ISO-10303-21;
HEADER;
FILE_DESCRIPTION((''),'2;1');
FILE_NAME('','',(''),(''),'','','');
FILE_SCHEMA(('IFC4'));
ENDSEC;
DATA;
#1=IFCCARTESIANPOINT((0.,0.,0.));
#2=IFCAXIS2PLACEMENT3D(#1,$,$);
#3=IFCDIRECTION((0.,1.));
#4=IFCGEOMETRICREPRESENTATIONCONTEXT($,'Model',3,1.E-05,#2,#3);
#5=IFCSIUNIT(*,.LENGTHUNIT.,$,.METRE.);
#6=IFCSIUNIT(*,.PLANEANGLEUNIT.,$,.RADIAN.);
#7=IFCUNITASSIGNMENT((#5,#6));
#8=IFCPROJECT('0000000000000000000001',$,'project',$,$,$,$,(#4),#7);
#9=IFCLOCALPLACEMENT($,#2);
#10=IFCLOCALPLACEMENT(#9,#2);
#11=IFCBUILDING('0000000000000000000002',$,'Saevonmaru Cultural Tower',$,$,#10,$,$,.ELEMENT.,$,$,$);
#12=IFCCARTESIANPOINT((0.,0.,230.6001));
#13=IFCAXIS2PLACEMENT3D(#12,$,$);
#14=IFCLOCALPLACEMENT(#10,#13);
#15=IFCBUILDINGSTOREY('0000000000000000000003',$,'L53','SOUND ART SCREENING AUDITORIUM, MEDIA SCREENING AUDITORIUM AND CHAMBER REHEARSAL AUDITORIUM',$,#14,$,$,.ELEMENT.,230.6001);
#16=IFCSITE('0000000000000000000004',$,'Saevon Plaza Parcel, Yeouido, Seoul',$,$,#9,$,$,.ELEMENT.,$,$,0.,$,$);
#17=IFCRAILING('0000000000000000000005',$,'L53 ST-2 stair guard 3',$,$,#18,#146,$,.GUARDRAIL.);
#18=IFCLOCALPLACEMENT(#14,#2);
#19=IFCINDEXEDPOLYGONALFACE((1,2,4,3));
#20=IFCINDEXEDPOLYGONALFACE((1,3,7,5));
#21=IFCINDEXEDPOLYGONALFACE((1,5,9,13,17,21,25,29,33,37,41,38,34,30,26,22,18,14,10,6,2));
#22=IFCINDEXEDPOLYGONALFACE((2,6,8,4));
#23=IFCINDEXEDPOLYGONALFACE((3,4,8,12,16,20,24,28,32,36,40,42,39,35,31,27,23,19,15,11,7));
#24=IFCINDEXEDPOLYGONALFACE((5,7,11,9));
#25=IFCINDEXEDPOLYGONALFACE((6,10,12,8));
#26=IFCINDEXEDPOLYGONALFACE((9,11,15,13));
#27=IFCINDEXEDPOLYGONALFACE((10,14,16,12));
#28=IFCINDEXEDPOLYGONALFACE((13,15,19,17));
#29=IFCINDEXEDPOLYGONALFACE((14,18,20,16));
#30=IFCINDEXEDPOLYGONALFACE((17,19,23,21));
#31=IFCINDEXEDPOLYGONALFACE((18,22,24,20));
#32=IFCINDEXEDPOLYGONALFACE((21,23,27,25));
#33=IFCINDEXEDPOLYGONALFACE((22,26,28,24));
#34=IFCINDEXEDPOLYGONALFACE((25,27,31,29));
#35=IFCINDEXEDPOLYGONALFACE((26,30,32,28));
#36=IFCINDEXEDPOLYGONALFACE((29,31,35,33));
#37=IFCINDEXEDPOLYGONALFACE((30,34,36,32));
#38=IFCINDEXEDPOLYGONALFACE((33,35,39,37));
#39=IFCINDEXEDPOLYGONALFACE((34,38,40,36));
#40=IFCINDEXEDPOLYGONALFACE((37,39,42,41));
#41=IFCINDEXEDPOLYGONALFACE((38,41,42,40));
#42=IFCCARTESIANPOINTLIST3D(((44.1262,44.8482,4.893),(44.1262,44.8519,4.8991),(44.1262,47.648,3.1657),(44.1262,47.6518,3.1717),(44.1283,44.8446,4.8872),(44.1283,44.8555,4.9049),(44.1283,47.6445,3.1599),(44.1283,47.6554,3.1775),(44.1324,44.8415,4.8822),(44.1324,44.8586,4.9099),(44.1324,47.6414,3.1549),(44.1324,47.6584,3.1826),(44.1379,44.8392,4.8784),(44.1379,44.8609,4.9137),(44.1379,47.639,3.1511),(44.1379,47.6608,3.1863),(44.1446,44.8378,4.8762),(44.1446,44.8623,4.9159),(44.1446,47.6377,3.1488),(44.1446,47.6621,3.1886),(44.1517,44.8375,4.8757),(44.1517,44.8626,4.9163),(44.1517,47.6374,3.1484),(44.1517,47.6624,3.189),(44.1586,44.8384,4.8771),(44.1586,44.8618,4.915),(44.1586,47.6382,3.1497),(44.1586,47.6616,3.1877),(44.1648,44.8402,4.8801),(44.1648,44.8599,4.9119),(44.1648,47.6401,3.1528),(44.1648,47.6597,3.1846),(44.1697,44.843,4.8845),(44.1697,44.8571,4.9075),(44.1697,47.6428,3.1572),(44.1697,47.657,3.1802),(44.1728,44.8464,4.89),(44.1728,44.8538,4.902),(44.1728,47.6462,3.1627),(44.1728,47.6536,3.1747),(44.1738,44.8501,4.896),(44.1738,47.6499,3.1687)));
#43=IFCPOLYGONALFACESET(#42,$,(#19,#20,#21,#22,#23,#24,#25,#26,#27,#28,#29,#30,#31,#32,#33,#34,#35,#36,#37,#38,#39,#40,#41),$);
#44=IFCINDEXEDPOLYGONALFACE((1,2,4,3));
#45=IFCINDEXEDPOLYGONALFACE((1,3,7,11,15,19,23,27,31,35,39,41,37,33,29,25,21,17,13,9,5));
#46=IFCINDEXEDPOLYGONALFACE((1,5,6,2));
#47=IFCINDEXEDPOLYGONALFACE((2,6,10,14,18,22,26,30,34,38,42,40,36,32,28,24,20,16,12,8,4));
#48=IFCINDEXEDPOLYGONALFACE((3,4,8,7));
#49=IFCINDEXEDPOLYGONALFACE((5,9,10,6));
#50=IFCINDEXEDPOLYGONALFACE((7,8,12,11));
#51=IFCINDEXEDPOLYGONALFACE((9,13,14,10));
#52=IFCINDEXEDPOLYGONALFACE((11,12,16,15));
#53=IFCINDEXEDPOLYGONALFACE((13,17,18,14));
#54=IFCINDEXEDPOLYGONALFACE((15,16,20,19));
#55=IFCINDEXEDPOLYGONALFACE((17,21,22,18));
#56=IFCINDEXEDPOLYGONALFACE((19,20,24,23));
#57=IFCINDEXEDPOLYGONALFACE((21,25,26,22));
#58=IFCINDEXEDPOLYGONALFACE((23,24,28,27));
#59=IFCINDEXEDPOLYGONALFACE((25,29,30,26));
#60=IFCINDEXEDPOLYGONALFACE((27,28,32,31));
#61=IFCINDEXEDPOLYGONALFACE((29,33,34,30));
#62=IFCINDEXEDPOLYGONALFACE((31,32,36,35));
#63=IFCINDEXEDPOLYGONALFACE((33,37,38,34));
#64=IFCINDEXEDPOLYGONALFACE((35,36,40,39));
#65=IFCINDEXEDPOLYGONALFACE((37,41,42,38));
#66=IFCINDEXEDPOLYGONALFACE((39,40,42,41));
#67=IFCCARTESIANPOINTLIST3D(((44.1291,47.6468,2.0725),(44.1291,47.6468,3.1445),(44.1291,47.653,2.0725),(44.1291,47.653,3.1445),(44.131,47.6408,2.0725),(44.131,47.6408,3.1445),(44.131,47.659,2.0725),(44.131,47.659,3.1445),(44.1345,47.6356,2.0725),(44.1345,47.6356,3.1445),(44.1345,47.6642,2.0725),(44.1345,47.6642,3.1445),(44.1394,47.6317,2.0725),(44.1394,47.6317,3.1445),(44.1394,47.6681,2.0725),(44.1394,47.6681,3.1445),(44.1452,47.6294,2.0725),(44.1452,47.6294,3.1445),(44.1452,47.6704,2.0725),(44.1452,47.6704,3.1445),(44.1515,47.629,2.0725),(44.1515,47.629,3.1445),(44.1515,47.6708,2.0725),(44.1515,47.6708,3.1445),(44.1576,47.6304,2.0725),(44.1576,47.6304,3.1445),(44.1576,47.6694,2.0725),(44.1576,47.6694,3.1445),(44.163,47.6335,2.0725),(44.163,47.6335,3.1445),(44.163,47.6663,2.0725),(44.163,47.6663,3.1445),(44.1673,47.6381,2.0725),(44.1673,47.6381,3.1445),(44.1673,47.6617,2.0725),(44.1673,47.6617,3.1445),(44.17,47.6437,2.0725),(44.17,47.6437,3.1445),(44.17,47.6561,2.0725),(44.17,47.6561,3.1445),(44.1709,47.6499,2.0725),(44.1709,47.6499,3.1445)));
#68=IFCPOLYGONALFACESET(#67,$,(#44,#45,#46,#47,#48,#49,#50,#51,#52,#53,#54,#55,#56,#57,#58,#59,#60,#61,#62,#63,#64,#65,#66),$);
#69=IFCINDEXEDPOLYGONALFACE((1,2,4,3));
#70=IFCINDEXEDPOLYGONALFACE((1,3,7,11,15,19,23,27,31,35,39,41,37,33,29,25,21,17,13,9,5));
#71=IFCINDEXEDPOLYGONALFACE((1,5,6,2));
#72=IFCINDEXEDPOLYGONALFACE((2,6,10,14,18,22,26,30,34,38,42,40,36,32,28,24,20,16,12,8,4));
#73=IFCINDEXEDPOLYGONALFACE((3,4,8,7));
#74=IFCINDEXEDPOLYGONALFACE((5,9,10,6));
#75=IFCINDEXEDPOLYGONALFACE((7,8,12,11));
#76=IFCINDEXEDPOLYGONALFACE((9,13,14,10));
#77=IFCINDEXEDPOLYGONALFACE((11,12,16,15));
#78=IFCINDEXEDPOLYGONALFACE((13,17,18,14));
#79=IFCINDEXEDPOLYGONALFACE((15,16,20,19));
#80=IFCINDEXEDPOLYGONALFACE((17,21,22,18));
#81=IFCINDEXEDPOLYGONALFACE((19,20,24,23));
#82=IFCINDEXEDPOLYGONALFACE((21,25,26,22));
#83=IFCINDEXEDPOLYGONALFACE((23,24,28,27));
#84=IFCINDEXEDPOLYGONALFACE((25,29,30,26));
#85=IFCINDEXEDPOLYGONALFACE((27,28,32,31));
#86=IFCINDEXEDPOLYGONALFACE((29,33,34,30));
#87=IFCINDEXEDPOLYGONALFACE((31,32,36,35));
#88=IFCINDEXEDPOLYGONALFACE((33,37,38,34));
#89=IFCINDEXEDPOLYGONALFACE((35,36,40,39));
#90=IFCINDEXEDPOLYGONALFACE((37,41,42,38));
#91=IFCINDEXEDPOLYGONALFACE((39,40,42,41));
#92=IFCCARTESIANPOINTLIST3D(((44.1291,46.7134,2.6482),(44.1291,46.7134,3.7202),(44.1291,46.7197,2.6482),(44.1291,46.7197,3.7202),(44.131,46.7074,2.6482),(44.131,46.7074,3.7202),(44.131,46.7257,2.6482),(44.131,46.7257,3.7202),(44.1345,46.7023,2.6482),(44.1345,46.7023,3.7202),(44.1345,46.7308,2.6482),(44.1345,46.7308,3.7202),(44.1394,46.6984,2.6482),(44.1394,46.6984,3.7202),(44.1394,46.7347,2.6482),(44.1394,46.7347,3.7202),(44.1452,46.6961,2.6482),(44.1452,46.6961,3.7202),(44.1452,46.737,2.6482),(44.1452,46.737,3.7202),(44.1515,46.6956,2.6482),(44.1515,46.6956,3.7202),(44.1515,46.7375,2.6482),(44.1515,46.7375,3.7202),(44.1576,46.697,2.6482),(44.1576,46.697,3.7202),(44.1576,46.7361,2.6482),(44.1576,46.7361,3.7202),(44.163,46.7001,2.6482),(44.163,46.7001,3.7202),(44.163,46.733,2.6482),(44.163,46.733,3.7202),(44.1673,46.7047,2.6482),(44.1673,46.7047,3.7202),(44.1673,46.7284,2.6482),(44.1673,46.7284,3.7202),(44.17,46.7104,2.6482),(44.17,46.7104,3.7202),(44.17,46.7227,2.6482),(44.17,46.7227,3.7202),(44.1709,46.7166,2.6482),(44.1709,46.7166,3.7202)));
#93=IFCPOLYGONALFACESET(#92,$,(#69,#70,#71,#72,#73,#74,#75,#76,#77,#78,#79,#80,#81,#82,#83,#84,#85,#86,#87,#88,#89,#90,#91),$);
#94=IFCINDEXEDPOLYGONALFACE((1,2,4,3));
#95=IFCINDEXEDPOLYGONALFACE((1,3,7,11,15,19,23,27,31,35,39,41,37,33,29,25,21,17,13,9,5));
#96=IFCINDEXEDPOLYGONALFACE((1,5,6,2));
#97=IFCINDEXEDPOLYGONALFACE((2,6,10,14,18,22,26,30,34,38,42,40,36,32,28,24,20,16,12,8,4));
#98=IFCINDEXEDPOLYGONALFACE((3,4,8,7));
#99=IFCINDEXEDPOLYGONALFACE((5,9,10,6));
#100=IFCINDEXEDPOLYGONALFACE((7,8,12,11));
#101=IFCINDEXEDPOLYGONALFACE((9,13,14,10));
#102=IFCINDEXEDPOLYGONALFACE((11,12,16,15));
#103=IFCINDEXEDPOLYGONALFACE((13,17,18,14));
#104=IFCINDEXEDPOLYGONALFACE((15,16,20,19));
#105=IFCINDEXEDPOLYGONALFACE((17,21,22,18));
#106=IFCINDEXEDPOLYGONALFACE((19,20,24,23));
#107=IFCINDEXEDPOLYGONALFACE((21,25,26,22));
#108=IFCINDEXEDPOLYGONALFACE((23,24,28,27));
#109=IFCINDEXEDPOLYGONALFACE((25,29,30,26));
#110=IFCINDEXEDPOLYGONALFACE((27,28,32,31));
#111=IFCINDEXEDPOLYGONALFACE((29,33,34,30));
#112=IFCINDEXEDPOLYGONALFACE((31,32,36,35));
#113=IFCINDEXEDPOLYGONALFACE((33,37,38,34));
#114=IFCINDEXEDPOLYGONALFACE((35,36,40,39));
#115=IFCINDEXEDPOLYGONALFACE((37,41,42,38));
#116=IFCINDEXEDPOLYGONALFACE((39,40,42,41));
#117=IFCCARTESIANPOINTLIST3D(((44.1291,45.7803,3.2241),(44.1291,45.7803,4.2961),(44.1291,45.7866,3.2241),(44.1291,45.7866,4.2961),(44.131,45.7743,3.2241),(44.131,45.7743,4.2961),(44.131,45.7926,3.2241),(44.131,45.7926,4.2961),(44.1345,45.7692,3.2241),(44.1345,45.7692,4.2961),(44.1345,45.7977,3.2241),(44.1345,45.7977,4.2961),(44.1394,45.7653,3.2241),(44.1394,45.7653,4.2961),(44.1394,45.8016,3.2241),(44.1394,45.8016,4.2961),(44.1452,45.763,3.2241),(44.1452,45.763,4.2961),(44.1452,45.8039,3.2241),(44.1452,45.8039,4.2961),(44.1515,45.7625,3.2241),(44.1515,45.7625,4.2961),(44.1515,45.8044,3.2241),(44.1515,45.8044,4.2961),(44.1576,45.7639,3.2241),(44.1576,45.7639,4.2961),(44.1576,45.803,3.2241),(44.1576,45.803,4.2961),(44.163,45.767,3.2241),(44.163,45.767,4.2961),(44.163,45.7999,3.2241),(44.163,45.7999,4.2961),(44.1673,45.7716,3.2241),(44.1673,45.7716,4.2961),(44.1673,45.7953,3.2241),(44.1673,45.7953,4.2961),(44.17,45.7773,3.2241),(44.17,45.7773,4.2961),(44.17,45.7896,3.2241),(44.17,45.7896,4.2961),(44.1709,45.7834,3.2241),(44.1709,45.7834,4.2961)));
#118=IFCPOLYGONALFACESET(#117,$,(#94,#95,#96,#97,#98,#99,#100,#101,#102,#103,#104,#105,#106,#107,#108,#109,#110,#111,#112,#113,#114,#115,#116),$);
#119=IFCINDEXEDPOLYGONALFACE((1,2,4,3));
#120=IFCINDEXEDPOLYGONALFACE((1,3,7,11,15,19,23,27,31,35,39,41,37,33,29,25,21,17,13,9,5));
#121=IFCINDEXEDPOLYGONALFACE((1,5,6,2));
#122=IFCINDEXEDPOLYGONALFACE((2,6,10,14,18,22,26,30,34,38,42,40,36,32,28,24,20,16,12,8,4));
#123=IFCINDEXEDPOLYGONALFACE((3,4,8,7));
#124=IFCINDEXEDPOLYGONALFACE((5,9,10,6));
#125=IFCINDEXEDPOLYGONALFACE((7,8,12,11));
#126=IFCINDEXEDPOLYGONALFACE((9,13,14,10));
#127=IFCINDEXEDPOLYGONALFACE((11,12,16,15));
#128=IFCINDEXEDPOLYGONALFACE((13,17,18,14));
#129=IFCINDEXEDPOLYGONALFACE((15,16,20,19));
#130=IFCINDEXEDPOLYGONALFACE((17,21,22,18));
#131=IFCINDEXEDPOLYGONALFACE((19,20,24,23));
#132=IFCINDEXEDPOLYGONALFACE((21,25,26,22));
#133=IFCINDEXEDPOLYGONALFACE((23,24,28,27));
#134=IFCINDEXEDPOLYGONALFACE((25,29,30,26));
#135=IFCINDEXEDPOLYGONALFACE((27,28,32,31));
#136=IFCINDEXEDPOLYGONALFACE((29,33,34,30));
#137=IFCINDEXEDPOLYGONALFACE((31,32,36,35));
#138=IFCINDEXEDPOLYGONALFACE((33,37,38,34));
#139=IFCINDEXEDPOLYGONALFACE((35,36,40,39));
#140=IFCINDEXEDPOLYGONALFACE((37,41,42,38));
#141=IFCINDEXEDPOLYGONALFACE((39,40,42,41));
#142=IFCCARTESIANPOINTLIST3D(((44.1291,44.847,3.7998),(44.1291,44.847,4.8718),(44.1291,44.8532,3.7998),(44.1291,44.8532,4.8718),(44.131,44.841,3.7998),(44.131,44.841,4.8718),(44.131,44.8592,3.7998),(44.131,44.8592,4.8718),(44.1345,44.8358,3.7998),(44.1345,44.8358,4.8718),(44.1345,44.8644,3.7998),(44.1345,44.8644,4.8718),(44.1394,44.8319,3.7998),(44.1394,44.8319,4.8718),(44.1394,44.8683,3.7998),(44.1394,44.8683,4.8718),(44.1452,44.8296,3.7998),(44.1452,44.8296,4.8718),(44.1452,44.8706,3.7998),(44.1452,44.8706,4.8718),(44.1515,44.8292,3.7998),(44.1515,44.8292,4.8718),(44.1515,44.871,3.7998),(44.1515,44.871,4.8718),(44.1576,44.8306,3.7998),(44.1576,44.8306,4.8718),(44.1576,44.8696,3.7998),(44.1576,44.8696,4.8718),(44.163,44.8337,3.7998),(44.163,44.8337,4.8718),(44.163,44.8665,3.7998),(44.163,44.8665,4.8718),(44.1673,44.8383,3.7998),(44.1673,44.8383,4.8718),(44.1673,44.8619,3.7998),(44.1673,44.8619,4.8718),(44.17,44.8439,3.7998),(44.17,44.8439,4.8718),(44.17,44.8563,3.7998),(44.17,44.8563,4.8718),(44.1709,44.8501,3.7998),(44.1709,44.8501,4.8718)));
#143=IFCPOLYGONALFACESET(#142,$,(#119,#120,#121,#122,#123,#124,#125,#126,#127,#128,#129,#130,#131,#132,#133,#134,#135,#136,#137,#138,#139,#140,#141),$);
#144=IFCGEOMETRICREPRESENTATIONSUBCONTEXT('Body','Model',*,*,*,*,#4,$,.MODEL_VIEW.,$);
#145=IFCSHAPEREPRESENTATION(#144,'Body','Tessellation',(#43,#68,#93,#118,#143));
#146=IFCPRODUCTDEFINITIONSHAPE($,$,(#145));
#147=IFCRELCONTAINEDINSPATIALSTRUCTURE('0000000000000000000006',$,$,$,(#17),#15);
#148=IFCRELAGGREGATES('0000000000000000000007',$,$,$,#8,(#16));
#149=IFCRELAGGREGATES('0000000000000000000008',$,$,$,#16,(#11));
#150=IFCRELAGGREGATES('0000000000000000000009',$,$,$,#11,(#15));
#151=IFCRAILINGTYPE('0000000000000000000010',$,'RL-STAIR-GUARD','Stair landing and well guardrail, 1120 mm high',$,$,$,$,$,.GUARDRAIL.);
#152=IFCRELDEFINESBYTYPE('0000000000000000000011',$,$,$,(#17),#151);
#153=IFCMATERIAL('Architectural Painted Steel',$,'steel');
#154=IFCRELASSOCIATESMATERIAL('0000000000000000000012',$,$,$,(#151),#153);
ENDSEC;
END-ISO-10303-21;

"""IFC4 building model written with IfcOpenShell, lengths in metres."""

from ifc_helpers import new_model, si_unit, direction, frame, origin, origin_2d, place, context, subcontext, project, spatial, circle, extrude, material, type_object, element, save


model = new_model("IFC4")

# Units and contexts
model_context = context("Model", 3, precision=1e-05, world=origin(), true_north=direction((0.0, 1.0)))
body_context = subcontext(model_context, "Body", "Model", "MODEL_VIEW")
ifc_project = project(units=[si_unit("LENGTHUNIT", "METRE"), si_unit("PLANEANGLEUNIT", "RADIAN")], contexts=[model_context])

# Site, building, storey
site_placement = place(None, origin())
site = spatial("IfcSite", under=ifc_project, at=site_placement, Name="Saevon Plaza Parcel, Yeouido, Seoul", CompositionType="ELEMENT", RefElevation=0.0)
building_placement = place(site_placement, origin())
building = spatial("IfcBuilding", under=site, at=building_placement, Name="Saevonmaru Cultural Tower", CompositionType="ELEMENT")
storey_placement = place(building_placement, frame((0.0, 0.0, 230.6001)))
storey = spatial("IfcBuildingStorey", under=building, at=storey_placement, Name="L53", Description="SOUND ART SCREENING AUDITORIUM, MEDIA SCREENING AUDITORIUM AND CHAMBER REHEARSAL AUDITORIUM", CompositionType="ELEMENT", Elevation=230.6001)

# Railing
ifc_material_1 = material(Name="Architectural Painted Steel", Category="steel")
railing_type_1 = type_object("IfcRailingType", Name="RL-STAIR-GUARD", Description="Stair landing and well guardrail, 1120 mm high", PredefinedType="GUARDRAIL", material=ifc_material_1)
railing_1_placement = place(storey_placement, frame((44.1499, 47.6499, 2.0725)))
element("IfcRailing", 1, at=railing_1_placement, inside=storey, type_object=railing_type_1, Name="L53 ST-2 stair guard 3", PredefinedType="GUARDRAIL", context=body_context, shape_type="SweptSolid", body=[
    extrude(circle(Radius=0.0239, at=origin_2d()), frame((0.0, 0.0, 1.0962), z_axis=(0.0, -0.851069, 0.525054), x_axis=(1.0, 0.0, 0.0)), (0.0, 0.0, 1.0), 3.2898),
    extrude(circle(Radius=0.021, at=origin_2d()), origin(), (0.0, 0.0, 1.0), 1.072),
    extrude(circle(Radius=0.021, at=origin_2d()), frame((0.0, -0.9333, 0.5757)), (0.0, 0.0, 1.0), 1.072),
    extrude(circle(Radius=0.021, at=origin_2d()), frame((0.0, -1.8665, 1.1516)), (0.0, 0.0, 1.0), 1.072),
    extrude(circle(Radius=0.021, at=origin_2d()), frame((0.0, -2.7998, 1.7273)), (0.0, 0.0, 1.0), 1.072),
])

save(model, "model.ifc")
